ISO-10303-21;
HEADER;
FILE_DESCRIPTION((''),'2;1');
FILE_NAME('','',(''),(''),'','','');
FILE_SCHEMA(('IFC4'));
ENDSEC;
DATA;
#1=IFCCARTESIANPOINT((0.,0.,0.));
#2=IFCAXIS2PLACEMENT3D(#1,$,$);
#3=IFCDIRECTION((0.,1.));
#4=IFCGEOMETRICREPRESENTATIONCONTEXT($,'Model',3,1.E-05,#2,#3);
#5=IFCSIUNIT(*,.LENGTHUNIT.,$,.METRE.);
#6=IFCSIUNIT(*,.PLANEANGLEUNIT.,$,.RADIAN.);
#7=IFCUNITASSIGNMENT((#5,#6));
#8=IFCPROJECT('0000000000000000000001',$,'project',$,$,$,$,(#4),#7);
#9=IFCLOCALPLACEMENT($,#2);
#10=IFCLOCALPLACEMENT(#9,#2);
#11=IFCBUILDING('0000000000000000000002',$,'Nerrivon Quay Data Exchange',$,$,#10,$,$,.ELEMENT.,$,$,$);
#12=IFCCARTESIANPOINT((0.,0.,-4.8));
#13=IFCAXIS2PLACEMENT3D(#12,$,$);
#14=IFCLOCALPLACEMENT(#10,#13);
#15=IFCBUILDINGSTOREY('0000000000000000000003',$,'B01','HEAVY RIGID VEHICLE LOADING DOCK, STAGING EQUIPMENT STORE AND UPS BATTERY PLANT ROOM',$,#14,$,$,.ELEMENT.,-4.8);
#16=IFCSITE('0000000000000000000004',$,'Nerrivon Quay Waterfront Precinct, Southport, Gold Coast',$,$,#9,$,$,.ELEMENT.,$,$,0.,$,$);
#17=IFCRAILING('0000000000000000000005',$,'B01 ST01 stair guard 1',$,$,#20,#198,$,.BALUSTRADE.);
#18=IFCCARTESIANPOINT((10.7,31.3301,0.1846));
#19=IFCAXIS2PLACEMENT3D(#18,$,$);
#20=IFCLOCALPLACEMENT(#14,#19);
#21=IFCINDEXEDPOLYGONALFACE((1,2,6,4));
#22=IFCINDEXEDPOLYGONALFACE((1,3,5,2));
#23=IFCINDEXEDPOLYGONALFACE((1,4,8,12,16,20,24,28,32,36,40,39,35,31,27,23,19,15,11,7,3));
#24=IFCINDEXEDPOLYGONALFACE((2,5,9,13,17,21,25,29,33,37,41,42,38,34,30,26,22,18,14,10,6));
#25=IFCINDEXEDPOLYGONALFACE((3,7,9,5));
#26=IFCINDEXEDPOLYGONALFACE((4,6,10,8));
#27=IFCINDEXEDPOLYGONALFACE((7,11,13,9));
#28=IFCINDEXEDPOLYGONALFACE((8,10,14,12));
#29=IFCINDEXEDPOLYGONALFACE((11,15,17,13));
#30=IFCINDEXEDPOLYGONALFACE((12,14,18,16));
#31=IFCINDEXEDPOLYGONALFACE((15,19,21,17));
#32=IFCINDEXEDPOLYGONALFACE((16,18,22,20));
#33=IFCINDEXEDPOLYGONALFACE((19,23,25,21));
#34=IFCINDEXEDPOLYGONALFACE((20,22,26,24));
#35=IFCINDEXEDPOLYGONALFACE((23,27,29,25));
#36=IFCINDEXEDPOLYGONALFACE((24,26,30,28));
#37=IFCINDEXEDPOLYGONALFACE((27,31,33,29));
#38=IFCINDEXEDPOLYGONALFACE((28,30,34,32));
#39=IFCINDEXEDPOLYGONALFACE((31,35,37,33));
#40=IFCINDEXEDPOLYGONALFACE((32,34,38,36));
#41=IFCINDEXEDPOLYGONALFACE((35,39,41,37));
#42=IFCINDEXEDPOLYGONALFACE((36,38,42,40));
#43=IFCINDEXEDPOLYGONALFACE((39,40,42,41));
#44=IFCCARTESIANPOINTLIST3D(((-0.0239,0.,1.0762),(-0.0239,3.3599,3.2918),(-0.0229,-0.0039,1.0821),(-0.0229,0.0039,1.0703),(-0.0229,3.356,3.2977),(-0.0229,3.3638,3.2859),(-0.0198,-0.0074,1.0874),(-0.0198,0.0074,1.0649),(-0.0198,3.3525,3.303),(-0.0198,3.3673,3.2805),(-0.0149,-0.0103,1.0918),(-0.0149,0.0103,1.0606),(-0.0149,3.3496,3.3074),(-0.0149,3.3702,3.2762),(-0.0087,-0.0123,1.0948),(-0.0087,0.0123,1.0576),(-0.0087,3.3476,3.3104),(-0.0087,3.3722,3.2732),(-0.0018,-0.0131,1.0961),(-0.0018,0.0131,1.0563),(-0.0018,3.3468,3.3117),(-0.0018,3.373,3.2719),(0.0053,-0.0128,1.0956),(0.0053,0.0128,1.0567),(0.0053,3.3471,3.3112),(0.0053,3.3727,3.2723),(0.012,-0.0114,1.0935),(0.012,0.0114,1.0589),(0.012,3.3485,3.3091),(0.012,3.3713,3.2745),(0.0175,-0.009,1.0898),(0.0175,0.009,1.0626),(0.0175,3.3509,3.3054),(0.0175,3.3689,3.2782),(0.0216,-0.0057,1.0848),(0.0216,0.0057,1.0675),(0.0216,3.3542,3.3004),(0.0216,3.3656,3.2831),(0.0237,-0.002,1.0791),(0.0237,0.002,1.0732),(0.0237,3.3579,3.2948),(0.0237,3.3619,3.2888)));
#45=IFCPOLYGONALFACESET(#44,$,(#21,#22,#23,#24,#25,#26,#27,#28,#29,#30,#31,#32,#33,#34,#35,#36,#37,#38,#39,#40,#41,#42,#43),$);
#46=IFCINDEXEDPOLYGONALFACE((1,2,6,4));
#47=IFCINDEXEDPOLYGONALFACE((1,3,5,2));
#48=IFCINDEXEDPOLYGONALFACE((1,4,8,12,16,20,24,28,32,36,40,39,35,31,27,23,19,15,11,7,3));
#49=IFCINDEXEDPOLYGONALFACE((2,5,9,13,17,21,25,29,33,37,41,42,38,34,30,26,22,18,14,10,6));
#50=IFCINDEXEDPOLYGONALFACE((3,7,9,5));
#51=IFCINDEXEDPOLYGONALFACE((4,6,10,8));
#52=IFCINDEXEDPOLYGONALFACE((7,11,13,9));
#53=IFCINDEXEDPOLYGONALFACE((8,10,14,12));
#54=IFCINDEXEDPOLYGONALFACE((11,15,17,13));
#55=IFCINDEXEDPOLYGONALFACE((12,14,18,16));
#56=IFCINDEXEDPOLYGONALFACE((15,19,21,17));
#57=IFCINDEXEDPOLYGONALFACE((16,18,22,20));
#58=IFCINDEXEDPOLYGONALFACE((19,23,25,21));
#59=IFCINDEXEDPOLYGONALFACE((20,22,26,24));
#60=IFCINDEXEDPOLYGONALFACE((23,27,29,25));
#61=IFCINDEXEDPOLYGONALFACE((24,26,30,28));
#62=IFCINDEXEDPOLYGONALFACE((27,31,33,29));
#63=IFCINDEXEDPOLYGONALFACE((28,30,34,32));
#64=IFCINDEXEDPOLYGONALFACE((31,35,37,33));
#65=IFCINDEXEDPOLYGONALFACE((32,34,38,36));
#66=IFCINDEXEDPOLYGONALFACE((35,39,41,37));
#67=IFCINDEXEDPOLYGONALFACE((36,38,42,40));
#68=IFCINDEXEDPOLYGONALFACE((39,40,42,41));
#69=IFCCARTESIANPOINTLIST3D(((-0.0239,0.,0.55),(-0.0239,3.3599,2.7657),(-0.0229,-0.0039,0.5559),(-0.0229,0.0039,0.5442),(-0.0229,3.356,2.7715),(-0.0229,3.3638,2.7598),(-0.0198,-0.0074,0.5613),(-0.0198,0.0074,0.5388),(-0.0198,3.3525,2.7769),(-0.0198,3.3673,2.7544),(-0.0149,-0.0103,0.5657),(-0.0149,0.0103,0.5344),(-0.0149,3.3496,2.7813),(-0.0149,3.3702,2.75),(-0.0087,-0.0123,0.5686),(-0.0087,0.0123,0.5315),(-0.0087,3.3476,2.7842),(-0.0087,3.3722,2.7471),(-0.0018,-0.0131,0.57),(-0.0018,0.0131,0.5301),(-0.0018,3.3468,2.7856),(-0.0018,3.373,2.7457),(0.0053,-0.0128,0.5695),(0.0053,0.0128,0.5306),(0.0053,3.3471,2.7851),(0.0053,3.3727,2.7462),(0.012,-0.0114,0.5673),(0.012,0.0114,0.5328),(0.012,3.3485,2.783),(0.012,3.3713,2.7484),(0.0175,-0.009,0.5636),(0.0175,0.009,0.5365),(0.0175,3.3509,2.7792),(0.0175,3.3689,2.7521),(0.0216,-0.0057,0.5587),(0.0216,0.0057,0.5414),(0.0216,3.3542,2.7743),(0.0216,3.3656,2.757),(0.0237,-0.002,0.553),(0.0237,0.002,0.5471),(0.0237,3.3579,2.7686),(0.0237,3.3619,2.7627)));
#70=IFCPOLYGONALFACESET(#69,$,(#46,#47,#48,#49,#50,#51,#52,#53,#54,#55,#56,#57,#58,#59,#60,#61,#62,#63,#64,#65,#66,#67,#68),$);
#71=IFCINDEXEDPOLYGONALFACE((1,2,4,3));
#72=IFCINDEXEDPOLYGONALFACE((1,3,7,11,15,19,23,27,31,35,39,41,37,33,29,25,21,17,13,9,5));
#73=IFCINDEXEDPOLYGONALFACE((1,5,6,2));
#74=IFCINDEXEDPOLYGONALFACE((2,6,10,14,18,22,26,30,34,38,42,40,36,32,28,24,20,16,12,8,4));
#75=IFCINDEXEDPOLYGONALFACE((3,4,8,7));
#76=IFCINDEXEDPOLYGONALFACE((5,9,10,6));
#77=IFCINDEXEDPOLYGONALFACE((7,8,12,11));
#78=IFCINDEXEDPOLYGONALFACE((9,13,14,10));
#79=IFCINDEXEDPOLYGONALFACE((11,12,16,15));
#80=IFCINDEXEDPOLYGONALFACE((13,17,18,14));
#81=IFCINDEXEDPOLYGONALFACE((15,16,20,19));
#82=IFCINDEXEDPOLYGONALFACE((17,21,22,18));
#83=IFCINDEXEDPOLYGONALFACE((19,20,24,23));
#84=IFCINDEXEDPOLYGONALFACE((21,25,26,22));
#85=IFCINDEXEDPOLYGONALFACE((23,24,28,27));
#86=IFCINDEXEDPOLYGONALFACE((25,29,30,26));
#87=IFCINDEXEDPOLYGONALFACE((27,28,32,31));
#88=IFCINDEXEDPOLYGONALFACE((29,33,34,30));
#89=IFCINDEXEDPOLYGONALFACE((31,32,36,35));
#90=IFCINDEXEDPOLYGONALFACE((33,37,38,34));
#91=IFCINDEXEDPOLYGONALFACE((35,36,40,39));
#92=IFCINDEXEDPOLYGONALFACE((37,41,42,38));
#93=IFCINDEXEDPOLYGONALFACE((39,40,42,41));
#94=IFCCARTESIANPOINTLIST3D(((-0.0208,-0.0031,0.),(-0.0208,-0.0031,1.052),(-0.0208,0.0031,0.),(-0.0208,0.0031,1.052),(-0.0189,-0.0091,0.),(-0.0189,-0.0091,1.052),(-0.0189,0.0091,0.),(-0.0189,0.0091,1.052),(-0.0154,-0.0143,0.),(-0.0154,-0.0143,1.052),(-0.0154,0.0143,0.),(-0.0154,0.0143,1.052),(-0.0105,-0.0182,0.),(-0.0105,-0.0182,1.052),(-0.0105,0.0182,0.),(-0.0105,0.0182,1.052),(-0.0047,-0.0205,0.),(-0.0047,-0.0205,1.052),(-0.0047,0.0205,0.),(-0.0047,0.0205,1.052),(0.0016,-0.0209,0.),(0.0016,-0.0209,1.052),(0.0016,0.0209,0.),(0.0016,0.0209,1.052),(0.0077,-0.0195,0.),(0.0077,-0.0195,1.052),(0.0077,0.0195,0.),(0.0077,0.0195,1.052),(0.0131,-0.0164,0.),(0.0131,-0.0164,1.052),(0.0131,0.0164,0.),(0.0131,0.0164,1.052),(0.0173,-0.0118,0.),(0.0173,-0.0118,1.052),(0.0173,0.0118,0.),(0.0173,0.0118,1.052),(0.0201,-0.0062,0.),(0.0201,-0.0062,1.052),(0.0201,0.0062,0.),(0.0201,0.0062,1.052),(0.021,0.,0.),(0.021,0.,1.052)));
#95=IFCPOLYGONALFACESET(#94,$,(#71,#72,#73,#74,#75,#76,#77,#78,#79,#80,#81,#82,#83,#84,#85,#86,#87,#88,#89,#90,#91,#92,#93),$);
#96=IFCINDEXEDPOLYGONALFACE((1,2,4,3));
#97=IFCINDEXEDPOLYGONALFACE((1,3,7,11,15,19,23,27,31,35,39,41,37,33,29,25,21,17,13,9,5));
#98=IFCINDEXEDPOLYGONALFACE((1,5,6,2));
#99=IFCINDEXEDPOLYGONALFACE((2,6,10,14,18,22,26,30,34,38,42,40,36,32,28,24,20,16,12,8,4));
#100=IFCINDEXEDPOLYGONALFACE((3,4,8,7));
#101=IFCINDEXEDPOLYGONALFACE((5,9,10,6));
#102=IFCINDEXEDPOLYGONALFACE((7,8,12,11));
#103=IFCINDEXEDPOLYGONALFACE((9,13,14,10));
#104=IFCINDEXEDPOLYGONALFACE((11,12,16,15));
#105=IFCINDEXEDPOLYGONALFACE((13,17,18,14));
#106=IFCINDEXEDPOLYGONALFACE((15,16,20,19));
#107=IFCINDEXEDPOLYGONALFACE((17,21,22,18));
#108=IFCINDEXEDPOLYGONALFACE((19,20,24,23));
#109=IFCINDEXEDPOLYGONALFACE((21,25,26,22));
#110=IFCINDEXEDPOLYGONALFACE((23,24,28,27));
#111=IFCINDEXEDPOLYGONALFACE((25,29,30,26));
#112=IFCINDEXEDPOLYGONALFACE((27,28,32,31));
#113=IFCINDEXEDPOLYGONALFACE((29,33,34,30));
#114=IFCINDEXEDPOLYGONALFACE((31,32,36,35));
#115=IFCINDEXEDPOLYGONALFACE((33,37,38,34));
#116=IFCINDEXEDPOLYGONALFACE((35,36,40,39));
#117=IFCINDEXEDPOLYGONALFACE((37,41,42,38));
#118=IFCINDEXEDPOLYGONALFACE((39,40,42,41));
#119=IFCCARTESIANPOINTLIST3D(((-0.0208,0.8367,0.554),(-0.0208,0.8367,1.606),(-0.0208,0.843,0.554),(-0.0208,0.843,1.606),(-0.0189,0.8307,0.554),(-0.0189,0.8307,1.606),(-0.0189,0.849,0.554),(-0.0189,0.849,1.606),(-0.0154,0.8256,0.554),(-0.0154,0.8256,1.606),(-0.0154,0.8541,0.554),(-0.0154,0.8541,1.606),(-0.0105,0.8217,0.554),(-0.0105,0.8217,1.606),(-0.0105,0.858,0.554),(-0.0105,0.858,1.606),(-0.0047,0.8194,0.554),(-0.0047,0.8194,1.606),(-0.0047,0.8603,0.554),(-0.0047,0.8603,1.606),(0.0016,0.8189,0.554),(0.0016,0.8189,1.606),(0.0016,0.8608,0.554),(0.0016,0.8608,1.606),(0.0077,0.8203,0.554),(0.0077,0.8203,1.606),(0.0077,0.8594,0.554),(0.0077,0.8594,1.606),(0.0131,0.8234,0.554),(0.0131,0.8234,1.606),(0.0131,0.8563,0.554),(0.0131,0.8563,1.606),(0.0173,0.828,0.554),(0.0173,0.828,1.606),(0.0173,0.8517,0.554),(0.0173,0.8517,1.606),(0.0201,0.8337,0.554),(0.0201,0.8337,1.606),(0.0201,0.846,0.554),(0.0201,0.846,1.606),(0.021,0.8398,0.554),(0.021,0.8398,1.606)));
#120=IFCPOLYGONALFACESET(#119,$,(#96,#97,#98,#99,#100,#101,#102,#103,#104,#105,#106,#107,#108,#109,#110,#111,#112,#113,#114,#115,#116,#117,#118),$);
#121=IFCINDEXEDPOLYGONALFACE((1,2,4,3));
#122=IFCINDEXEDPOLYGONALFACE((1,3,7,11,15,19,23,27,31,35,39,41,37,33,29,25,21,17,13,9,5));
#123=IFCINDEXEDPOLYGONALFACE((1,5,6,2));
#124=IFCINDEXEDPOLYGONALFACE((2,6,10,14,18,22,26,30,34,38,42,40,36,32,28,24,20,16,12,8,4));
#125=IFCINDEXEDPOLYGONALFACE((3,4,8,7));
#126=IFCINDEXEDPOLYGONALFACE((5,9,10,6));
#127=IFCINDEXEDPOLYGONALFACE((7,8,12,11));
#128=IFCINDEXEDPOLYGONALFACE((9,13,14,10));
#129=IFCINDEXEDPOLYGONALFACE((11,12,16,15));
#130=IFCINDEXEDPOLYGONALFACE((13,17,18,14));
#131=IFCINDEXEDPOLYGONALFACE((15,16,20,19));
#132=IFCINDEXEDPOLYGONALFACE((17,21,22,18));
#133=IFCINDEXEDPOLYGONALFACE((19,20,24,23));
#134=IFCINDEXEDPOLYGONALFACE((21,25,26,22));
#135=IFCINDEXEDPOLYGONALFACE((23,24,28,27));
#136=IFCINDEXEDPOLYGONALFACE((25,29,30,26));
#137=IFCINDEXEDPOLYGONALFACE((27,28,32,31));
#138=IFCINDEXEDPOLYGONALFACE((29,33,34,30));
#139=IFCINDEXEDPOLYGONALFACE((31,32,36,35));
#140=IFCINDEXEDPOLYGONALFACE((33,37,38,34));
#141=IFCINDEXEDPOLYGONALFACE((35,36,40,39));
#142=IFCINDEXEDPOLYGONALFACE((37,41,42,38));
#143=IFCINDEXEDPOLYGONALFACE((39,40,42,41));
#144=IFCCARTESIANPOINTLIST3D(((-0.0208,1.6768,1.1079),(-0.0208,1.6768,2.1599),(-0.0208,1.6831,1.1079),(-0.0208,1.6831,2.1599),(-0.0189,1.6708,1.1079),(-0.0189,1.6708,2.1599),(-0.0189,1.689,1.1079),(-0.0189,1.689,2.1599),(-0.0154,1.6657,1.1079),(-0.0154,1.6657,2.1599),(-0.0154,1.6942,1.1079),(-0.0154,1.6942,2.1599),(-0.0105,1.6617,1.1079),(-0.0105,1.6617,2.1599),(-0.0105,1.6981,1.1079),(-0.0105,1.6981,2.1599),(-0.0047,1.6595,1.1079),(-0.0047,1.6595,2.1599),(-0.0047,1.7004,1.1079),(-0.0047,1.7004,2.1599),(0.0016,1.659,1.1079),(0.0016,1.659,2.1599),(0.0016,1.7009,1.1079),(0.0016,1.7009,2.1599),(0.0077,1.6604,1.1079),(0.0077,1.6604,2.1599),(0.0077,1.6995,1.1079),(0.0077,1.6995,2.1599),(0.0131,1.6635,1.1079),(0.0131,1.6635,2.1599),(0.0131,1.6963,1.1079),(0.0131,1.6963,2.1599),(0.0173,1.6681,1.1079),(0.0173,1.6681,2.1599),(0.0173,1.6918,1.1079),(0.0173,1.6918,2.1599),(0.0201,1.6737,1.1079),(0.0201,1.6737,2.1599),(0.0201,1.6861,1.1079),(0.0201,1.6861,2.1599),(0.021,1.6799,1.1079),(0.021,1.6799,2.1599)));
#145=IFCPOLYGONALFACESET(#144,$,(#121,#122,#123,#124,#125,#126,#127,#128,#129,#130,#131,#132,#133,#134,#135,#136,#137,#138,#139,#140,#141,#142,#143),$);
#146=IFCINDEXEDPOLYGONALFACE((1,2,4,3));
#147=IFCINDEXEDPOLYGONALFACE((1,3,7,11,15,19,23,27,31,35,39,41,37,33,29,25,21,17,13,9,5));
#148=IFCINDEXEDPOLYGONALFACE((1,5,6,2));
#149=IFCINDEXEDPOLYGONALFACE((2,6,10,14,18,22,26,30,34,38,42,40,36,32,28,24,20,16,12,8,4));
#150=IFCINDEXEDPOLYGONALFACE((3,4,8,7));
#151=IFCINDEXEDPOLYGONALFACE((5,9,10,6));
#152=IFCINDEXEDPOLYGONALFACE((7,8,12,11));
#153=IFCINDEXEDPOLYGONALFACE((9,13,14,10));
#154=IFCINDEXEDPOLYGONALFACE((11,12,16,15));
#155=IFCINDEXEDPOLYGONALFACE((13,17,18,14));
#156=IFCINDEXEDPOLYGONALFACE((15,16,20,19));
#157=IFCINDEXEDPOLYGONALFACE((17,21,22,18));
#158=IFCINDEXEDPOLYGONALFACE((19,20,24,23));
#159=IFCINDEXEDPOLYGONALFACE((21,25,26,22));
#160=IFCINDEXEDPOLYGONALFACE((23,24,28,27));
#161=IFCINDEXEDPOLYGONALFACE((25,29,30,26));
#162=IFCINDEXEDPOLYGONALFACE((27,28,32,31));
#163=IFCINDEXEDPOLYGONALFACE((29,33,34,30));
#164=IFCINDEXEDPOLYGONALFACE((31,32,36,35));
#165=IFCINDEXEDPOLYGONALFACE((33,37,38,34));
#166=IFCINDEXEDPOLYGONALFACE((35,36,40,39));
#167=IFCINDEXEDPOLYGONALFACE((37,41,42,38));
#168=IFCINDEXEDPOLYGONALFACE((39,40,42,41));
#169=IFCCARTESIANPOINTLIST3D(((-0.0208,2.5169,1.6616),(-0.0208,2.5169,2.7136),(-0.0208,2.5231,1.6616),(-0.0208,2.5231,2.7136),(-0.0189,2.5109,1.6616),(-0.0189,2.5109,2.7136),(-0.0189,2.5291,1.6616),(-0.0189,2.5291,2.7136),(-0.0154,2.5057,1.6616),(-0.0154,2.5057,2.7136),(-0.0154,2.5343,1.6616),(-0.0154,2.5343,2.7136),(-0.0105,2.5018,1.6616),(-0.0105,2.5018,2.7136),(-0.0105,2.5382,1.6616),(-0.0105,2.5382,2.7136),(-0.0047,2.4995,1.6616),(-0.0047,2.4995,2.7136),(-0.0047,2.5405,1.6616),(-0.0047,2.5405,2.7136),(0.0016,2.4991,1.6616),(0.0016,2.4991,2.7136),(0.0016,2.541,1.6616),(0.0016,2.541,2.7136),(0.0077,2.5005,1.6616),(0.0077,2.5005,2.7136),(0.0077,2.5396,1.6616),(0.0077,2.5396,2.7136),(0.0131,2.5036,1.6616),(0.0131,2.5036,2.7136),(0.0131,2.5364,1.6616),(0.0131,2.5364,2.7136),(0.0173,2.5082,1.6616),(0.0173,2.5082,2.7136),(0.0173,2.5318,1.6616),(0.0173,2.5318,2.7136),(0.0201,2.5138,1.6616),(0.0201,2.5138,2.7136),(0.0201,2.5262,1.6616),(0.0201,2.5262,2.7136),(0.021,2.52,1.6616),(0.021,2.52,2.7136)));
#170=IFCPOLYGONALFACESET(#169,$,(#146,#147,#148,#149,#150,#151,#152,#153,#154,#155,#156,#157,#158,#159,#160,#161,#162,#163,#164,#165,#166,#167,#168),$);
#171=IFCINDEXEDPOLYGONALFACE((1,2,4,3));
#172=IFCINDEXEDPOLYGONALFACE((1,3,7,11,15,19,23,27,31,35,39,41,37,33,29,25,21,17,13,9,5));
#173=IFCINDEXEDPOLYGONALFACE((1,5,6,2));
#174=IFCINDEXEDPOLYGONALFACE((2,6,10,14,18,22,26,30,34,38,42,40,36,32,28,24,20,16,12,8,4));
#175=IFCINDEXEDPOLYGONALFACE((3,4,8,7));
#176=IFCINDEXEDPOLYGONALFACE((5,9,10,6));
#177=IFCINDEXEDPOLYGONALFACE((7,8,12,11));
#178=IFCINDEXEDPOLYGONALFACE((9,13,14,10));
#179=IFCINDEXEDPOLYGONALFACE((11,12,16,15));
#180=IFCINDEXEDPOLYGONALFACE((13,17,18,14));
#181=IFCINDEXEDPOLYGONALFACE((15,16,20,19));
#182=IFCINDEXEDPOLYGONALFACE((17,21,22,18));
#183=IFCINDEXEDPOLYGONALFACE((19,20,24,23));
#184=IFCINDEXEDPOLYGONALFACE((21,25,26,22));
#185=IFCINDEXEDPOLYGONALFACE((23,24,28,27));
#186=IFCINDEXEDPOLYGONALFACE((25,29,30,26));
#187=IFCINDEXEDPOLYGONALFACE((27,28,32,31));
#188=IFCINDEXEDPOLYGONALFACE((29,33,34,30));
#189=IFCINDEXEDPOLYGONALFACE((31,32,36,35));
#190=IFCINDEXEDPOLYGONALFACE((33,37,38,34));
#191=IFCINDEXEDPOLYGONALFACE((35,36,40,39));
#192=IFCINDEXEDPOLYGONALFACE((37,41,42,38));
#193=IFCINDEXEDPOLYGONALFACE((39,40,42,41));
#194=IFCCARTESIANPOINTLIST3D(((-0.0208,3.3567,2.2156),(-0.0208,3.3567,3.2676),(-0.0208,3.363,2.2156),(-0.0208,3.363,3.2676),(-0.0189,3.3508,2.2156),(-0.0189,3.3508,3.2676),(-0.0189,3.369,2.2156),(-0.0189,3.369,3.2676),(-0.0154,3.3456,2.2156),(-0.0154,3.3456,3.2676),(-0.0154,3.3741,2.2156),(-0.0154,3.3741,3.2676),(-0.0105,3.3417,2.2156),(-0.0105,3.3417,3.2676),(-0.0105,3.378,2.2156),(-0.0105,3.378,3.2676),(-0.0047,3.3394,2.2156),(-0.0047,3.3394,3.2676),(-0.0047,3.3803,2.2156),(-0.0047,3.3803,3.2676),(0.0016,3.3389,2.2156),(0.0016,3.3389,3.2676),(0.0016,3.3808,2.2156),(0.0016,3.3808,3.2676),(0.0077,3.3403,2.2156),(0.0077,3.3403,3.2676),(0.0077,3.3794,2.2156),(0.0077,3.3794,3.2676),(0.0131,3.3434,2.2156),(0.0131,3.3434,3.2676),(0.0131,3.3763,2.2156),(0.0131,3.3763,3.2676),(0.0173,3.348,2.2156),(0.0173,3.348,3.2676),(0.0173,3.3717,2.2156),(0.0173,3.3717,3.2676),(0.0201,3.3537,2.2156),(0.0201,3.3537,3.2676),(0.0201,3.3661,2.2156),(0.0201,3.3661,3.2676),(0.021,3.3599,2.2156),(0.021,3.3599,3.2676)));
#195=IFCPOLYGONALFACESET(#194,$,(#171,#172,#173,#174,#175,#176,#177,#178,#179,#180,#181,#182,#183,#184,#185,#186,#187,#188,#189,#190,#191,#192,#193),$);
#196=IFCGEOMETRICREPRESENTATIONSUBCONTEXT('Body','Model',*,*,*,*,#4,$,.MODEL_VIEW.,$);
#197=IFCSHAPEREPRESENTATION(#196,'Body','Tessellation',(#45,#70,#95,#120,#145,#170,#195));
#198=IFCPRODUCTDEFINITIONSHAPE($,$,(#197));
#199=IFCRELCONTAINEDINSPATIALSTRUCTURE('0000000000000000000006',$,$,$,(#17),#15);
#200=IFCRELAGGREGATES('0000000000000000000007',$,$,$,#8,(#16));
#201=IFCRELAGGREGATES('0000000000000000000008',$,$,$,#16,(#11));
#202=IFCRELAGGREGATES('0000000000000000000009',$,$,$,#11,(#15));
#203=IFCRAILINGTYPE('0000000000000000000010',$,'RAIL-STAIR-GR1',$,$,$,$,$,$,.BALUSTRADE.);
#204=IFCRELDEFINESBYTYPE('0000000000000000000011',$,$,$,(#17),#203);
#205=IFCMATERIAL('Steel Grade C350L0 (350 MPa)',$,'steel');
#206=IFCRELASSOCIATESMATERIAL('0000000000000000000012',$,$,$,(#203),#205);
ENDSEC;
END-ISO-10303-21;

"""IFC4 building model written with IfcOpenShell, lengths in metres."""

from ifc_helpers import new_model, si_unit, direction, frame, origin, origin_2d, place, context, subcontext, project, spatial, circle, extrude, material, type_object, element, save


model = new_model("IFC4")

# Units and contexts
model_context = context("Model", 3, precision=1e-05, world=origin(), true_north=direction((0.0, 1.0)))
body_context = subcontext(model_context, "Body", "Model", "MODEL_VIEW")
ifc_project = project(units=[si_unit("LENGTHUNIT", "METRE"), si_unit("PLANEANGLEUNIT", "RADIAN")], contexts=[model_context])

# Site, building, storey
site_placement = place(None, origin())
site = spatial("IfcSite", under=ifc_project, at=site_placement, Name="Nerrivon Quay Waterfront Precinct, Southport, Gold Coast", CompositionType="ELEMENT", RefElevation=0.0)
building_placement = place(site_placement, origin())
building = spatial("IfcBuilding", under=site, at=building_placement, Name="Nerrivon Quay Data Exchange", CompositionType="ELEMENT")
storey_placement = place(building_placement, frame((0.0, 0.0, -4.8)))
storey = spatial("IfcBuildingStorey", under=building, at=storey_placement, Name="B01", Description="HEAVY RIGID VEHICLE LOADING DOCK, STAGING EQUIPMENT STORE AND UPS BATTERY PLANT ROOM", CompositionType="ELEMENT", Elevation=-4.8)

# Railing
ifc_material_1 = material(Name="Steel Grade C350L0 (350 MPa)", Category="steel")
railing_type_1 = type_object("IfcRailingType", Name="RAIL-STAIR-GR1", PredefinedType="BALUSTRADE", material=ifc_material_1)
railing_1_placement = place(storey_placement, frame((10.7, 31.3301, 0.1846)))
element("IfcRailing", 1, at=railing_1_placement, inside=storey, type_object=railing_type_1, Name="B01 ST01 stair guard 1", PredefinedType="BALUSTRADE", context=body_context, shape_type="SweptSolid", body=[
    extrude(circle(Radius=0.0239, at=origin_2d()), frame((0.0, 0.0, 1.0762), z_axis=(0.0, 0.83483, 0.550508), x_axis=(-1.0, 0.0, 0.0)), (0.0, 0.0, 1.0), 4.0247),
    extrude(circle(Radius=0.0239, at=origin_2d()), frame((0.0, 0.0, 0.55), z_axis=(0.0, 0.83483, 0.550508), x_axis=(-1.0, 0.0, 0.0)), (0.0, 0.0, 1.0), 4.0247),
    extrude(circle(Radius=0.021, at=origin_2d()), origin(), (0.0, 0.0, 1.0), 1.052),
    extrude(circle(Radius=0.021, at=origin_2d()), frame((0.0, 0.8398, 0.554)), (0.0, 0.0, 1.0), 1.052),
    extrude(circle(Radius=0.021, at=origin_2d()), frame((0.0, 1.6799, 1.1079)), (0.0, 0.0, 1.0), 1.052),
    extrude(circle(Radius=0.021, at=origin_2d()), frame((0.0, 2.52, 1.6616)), (0.0, 0.0, 1.0), 1.052),
    extrude(circle(Radius=0.021, at=origin_2d()), frame((0.0, 3.3599, 2.2156)), (0.0, 0.0, 1.0), 1.052),
])

save(model, "model.ifc")
